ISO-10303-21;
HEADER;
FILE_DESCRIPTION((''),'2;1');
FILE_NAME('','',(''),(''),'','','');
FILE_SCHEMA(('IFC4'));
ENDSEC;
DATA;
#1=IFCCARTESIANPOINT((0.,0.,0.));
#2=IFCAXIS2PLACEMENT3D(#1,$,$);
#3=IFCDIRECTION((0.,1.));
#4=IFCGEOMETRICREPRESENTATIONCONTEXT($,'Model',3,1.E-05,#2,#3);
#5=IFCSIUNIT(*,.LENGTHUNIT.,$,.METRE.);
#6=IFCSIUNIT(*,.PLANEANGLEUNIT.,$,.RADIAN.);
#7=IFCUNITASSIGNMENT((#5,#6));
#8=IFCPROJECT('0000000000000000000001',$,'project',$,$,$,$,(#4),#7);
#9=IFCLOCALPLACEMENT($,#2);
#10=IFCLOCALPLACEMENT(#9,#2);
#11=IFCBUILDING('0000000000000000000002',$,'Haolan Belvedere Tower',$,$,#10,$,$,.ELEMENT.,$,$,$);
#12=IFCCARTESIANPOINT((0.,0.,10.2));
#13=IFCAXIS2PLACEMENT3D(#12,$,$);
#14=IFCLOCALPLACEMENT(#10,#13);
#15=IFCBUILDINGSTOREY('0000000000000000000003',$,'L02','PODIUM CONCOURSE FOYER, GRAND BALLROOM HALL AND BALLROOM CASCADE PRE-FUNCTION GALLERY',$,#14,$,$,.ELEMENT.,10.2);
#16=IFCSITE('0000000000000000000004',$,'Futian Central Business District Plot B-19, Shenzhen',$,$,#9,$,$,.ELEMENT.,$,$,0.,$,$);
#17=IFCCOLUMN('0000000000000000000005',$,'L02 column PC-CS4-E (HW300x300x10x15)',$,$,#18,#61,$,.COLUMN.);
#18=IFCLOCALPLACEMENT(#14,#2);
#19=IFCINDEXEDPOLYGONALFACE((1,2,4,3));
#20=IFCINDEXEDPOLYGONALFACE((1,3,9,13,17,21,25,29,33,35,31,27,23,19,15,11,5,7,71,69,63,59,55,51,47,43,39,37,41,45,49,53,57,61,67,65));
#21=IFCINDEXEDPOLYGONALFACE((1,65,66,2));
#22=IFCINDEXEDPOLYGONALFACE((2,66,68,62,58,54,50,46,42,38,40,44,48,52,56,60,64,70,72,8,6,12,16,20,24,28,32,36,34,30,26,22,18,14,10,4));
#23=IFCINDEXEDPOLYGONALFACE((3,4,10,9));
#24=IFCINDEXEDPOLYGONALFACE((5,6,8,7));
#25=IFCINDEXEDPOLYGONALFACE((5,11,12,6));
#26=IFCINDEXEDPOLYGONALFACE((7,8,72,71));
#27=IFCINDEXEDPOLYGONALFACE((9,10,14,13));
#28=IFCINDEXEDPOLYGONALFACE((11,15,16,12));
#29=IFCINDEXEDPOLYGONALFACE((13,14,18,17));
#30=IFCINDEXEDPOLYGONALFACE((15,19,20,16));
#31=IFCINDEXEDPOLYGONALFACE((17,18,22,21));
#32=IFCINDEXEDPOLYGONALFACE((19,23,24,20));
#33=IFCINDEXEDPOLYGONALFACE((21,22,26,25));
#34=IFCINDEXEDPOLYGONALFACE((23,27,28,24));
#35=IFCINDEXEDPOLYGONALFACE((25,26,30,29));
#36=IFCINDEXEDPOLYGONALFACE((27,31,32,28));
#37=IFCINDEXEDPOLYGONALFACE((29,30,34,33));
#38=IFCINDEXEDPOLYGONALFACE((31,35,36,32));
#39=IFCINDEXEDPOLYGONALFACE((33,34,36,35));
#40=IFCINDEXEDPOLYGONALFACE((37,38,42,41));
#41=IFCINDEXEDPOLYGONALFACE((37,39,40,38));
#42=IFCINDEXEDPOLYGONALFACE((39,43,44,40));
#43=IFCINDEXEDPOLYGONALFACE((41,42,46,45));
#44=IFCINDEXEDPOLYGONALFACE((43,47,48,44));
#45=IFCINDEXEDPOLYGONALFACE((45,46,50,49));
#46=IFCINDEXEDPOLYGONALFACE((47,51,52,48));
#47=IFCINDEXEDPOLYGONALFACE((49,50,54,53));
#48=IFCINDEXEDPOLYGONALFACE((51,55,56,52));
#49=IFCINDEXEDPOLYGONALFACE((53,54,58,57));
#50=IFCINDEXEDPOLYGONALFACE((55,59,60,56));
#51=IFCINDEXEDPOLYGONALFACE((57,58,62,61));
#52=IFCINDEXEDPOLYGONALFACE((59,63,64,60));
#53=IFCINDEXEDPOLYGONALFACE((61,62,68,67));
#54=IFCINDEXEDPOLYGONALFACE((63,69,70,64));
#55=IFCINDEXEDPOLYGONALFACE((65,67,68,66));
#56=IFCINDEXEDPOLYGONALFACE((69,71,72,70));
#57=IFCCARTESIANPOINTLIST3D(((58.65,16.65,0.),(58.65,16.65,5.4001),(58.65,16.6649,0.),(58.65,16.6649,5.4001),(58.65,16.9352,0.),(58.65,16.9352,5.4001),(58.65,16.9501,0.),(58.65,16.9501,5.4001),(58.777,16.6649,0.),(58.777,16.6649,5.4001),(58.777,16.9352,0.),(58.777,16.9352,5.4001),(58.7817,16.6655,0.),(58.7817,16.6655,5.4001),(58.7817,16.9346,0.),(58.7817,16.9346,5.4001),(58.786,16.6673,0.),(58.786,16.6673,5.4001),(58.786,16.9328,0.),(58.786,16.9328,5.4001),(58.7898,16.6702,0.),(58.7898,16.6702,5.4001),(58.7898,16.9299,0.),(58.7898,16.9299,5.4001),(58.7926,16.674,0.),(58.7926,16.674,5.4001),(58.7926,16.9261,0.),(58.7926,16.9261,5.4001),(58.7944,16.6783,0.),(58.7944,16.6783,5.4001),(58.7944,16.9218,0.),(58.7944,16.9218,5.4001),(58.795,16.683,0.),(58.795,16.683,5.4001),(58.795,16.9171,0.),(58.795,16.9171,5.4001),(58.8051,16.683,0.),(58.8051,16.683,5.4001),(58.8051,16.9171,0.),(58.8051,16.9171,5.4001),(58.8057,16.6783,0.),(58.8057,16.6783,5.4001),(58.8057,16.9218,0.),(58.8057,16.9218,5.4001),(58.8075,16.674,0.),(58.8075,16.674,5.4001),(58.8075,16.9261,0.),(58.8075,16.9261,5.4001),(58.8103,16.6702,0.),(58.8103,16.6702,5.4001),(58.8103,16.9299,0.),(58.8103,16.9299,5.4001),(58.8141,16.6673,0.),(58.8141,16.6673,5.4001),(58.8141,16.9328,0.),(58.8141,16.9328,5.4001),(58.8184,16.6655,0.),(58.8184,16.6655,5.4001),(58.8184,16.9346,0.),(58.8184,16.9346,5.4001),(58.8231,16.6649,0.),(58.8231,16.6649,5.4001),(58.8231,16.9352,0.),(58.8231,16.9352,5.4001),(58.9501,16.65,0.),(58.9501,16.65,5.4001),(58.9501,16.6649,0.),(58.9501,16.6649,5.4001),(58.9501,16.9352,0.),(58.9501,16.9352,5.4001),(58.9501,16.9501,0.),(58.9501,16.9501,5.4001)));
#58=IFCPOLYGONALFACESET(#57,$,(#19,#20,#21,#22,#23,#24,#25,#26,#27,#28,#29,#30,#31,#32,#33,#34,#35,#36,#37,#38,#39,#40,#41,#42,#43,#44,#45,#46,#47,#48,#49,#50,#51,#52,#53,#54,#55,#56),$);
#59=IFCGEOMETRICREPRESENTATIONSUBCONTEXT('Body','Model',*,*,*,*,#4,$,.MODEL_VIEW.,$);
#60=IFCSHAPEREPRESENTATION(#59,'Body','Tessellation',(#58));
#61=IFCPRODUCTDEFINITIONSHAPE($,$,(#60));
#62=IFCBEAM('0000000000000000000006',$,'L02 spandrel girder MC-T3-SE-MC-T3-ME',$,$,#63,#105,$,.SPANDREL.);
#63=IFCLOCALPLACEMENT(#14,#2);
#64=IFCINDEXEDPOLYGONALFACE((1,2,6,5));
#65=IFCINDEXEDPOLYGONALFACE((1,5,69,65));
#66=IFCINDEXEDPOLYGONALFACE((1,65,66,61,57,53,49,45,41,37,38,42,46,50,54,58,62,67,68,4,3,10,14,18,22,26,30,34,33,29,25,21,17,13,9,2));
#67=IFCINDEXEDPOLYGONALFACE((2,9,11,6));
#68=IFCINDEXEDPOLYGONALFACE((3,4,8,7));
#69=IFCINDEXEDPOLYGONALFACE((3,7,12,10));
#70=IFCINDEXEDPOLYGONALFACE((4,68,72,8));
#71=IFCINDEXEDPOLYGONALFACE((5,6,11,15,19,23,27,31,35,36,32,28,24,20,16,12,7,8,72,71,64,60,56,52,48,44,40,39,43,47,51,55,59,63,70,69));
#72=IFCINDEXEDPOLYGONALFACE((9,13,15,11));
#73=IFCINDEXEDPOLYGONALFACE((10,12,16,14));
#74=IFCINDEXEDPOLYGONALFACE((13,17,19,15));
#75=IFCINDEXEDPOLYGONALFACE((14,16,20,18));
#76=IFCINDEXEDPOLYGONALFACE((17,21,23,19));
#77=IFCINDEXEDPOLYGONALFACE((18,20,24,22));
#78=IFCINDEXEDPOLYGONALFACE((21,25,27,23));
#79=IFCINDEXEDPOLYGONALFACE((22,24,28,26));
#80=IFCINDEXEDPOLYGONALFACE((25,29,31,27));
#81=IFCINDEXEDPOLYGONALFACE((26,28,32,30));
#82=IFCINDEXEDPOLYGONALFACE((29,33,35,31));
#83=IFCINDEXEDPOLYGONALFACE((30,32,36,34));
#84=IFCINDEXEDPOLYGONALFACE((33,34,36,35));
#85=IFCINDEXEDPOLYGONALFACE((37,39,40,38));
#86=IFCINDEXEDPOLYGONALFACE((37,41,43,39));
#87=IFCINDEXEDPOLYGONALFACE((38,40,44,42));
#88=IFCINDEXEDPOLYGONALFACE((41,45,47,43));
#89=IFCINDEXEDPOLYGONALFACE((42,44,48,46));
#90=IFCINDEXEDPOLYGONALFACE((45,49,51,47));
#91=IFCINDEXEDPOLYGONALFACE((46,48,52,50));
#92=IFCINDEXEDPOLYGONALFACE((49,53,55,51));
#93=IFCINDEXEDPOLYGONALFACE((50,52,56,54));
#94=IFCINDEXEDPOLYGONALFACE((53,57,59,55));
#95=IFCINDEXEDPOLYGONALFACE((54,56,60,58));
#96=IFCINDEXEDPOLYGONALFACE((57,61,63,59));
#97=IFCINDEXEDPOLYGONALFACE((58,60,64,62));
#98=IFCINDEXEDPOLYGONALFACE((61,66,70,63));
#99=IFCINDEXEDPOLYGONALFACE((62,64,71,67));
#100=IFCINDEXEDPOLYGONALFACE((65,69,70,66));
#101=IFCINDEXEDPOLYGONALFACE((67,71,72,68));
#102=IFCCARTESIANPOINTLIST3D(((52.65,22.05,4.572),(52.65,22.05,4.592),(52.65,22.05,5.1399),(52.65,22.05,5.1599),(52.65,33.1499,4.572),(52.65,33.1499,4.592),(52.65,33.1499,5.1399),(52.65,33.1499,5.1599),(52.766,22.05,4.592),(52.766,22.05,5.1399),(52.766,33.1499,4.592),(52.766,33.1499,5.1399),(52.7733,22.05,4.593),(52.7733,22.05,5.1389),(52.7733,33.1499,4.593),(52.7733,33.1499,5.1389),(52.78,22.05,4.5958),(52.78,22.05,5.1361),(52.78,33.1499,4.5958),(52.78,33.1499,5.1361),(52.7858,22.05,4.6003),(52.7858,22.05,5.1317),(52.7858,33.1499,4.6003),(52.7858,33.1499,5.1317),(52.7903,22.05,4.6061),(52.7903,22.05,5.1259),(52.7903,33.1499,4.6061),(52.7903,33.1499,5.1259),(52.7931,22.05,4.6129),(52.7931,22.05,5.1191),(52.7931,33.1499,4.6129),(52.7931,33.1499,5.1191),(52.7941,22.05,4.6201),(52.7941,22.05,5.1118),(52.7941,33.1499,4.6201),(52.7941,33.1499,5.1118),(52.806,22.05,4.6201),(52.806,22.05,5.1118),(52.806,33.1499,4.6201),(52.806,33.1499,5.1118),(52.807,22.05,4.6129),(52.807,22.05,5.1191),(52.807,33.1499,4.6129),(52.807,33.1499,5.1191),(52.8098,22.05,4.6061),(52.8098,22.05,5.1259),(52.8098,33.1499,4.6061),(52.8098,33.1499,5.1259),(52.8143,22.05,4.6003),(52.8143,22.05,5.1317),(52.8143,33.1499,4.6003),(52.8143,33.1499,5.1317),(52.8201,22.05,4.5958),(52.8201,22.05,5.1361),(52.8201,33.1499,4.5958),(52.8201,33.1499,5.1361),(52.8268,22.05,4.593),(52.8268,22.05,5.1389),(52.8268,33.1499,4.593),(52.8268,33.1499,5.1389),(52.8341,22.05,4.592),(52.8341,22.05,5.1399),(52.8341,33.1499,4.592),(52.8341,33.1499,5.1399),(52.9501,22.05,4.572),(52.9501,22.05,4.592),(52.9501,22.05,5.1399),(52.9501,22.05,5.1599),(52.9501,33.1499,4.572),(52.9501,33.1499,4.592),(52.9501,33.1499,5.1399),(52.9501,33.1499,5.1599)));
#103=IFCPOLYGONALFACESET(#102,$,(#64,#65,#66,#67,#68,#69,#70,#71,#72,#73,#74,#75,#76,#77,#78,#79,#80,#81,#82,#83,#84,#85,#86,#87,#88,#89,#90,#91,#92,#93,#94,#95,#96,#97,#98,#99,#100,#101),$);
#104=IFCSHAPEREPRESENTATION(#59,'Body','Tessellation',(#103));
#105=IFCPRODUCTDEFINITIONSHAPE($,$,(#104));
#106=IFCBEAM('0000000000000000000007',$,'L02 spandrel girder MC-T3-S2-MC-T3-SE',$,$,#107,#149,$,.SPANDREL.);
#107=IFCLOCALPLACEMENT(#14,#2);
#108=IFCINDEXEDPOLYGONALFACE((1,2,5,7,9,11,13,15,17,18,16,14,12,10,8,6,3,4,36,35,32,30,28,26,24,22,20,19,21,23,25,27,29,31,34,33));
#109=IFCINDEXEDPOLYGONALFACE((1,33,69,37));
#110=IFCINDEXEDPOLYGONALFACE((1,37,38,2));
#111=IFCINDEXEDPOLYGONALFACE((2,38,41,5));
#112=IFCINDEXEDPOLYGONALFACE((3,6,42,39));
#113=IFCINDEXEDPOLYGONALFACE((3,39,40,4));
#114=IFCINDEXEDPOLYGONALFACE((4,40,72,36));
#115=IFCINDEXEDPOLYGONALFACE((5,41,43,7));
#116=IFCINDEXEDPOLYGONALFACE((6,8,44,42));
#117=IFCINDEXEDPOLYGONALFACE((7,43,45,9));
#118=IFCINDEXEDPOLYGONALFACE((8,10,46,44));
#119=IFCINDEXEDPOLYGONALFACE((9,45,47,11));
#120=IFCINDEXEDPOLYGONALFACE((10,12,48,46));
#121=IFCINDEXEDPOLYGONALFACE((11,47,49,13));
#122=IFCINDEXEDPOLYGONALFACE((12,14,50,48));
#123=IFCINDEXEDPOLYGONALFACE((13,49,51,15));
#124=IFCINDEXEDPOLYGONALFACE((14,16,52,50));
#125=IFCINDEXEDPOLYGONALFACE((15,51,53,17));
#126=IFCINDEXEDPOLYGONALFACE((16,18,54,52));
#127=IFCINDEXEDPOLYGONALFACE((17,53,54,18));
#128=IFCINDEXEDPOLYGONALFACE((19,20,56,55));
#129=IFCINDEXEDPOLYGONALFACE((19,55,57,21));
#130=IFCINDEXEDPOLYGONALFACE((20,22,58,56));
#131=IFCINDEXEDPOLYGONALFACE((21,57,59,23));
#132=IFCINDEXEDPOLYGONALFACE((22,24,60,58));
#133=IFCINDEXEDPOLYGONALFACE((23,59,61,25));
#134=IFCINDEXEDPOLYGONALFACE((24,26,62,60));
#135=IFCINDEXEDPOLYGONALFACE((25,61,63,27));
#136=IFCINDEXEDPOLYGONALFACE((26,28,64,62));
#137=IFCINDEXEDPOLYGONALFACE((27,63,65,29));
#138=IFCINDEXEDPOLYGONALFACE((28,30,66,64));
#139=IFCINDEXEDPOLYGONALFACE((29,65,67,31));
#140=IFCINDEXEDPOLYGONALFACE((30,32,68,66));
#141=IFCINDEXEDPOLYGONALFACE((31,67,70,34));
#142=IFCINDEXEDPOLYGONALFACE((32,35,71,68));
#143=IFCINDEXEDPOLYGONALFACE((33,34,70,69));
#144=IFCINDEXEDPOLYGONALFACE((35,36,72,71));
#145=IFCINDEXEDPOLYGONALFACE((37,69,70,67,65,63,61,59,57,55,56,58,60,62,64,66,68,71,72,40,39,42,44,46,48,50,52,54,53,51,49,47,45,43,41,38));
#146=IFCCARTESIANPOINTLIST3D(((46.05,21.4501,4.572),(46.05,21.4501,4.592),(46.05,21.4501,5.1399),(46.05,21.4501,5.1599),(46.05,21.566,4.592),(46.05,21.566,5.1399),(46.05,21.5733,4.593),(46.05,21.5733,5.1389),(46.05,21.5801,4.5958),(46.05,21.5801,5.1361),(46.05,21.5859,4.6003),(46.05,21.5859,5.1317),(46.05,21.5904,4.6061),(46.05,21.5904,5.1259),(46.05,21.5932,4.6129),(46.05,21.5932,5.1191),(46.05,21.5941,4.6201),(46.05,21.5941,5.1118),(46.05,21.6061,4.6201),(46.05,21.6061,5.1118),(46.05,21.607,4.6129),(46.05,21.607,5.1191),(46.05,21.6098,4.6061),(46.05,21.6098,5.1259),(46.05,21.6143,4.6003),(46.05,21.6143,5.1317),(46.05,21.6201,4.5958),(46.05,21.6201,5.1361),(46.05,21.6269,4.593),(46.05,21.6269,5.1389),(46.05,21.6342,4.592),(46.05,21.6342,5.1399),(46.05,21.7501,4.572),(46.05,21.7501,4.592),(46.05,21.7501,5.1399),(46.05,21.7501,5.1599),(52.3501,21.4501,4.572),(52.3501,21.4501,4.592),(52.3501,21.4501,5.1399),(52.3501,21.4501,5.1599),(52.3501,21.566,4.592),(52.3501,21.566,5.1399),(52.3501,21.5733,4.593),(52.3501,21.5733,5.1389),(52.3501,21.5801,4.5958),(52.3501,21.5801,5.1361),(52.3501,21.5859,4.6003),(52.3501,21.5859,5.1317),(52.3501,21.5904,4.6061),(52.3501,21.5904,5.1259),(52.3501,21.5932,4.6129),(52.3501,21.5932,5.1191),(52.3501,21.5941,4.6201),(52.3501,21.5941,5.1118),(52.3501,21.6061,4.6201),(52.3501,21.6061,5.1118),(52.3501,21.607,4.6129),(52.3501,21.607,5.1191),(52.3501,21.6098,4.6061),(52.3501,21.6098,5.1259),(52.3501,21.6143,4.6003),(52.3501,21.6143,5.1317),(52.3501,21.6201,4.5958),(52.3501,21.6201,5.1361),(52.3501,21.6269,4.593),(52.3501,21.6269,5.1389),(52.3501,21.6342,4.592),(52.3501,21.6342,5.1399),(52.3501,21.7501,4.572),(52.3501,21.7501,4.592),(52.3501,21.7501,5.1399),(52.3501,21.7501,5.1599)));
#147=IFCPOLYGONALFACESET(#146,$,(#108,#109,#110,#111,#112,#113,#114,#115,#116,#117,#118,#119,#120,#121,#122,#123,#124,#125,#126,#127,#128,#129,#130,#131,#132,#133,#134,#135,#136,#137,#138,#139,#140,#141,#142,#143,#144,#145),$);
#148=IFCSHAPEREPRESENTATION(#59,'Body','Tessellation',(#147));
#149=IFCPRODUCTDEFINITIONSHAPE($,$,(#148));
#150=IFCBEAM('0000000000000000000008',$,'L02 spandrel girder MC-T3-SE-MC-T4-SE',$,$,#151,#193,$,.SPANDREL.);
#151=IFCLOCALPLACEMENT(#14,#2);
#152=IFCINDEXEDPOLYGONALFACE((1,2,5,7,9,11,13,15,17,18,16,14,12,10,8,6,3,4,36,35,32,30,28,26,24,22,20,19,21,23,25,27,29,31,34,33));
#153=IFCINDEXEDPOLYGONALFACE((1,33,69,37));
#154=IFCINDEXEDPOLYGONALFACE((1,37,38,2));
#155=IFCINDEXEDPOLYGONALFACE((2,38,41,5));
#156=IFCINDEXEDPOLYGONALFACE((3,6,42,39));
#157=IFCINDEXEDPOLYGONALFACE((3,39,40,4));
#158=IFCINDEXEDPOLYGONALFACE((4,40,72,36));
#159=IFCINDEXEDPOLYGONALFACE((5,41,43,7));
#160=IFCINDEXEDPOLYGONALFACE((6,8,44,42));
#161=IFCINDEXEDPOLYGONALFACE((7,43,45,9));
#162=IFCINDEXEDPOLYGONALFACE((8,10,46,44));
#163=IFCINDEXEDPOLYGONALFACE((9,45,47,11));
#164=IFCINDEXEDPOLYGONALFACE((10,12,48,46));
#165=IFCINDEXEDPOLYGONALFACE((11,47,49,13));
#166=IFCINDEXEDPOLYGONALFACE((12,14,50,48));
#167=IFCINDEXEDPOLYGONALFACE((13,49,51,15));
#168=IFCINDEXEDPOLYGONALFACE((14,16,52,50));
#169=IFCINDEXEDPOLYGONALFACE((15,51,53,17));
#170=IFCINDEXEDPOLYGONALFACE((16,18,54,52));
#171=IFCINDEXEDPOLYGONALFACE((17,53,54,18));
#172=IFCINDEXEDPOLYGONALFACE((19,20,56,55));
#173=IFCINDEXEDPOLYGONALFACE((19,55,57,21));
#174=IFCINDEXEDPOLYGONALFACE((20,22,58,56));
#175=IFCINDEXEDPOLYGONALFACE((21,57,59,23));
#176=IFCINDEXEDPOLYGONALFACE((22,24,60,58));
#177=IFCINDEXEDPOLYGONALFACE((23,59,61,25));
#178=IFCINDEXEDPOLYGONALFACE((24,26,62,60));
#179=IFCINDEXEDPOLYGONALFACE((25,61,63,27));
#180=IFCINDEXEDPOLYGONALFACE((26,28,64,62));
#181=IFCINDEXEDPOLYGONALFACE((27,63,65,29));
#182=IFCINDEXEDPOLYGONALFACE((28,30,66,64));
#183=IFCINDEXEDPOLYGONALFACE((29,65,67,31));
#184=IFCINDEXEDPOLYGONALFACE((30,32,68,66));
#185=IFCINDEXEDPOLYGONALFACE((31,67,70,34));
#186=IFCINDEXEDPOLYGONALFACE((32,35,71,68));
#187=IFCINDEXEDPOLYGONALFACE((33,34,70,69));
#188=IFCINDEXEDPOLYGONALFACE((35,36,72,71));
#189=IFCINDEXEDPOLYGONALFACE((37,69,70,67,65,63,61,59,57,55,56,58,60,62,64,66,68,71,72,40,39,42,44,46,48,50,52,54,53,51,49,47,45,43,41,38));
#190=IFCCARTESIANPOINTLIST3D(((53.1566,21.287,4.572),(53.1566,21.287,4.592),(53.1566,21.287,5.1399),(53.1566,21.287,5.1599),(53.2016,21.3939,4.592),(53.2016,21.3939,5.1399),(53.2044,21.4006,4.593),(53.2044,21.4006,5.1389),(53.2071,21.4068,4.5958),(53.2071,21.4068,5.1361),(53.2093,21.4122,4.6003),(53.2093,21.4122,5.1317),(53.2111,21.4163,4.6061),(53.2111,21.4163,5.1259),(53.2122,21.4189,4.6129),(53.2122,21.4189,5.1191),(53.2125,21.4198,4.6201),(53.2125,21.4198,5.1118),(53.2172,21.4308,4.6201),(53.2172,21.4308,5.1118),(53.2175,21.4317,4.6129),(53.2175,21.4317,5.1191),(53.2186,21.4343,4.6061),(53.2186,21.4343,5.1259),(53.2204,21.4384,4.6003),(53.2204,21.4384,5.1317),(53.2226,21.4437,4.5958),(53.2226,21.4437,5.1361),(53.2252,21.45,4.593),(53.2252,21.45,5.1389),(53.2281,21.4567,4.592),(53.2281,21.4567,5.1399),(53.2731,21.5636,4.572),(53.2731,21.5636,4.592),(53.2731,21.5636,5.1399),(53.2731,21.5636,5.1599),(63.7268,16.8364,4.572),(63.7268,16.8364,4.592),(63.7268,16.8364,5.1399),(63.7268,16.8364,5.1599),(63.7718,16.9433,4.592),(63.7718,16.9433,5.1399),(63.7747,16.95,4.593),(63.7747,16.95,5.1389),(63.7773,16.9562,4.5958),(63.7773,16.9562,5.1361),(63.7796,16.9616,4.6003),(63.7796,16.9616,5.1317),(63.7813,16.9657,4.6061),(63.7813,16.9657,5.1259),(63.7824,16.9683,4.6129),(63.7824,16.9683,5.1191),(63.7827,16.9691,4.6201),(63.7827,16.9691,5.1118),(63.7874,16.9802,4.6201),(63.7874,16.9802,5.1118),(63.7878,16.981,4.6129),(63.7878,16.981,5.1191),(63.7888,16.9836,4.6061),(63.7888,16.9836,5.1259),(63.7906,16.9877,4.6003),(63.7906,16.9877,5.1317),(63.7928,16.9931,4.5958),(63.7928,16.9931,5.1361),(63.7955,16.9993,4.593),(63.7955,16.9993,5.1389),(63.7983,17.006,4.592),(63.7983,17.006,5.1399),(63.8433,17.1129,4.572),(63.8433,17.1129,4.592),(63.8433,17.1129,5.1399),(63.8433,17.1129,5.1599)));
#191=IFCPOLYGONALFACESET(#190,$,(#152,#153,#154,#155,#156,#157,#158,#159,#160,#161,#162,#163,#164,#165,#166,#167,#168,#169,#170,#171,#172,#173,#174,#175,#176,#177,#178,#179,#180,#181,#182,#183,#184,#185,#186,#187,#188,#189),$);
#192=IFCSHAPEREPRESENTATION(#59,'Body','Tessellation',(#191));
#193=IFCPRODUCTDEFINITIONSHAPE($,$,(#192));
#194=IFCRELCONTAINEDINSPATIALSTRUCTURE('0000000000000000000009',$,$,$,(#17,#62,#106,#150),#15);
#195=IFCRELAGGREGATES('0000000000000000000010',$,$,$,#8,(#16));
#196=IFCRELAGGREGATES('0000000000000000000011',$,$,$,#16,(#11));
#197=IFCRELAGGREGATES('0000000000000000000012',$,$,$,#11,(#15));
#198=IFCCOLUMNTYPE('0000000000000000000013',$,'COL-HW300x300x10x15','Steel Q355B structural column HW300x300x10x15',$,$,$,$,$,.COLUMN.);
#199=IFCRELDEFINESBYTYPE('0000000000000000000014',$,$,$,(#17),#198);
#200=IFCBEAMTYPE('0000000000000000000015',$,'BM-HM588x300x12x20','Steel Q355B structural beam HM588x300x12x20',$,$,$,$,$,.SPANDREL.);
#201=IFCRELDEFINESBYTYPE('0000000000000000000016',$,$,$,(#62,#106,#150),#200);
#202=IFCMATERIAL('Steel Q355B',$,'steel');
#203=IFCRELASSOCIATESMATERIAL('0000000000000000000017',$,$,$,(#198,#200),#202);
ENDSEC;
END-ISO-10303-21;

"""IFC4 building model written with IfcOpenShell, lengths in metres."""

from ifc_helpers import new_model, si_unit, direction, frame, origin, origin_2d, place, context, subcontext, project, spatial, i_section, extrude, material, material_profile, profile_set, type_object, element, save


model = new_model("IFC4")

# Units and contexts
model_context = context("Model", 3, precision=1e-05, world=origin(), true_north=direction((0.0, 1.0)))
body_context = subcontext(model_context, "Body", "Model", "MODEL_VIEW")
ifc_project = project(units=[si_unit("LENGTHUNIT", "METRE"), si_unit("PLANEANGLEUNIT", "RADIAN")], contexts=[model_context])

# Site, building, storey
site_placement = place(None, origin())
site = spatial("IfcSite", under=ifc_project, at=site_placement, Name="Futian Central Business District Plot B-19, Shenzhen", CompositionType="ELEMENT", RefElevation=0.0)
building_placement = place(site_placement, origin())
building = spatial("IfcBuilding", under=site, at=building_placement, Name="Haolan Belvedere Tower", CompositionType="ELEMENT")
storey_placement = place(building_placement, frame((0.0, 0.0, 10.2)))
storey = spatial("IfcBuildingStorey", under=building, at=storey_placement, Name="L02", Description="PODIUM CONCOURSE FOYER, GRAND BALLROOM HALL AND BALLROOM CASCADE PRE-FUNCTION GALLERY", CompositionType="ELEMENT", Elevation=10.2)

# Column
ifc_material_1 = material(Name="Steel Q355B", Category="steel")
ifc_material_profile_1 = material_profile(ifc_material_1, i_section(OverallWidth=0.3, OverallDepth=0.3, WebThickness=0.01, FlangeThickness=0.0149, FilletRadius=0.0181, at=origin_2d()), Name="Steel Q355B")
ifc_profile_set_1 = profile_set([ifc_material_profile_1], Name="Steel Q355B")
column_type_1 = type_object("IfcColumnType", Name="COL-HW300x300x10x15", Description="Steel Q355B structural column HW300x300x10x15", PredefinedType="COLUMN", material=ifc_profile_set_1)
for number, where, z_axis, x_axis, name in (
    (1, (58.8, 16.8, 0.0), (0.0, 0.0, 1.0), (1.0, 0.0, 0.0), "L02 column PC-CS4-E (HW300x300x10x15)"),
):
    element("IfcColumn", number, at=place(storey_placement, frame(where, z_axis=z_axis, x_axis=x_axis)), inside=storey, type_object=column_type_1, Name=name, PredefinedType="COLUMN", context=body_context, shape_type="SweptSolid", body=[
        extrude(i_section(OverallWidth=0.3, OverallDepth=0.3, WebThickness=0.01, FlangeThickness=0.0149, FilletRadius=0.0181, at=origin_2d()), origin(), (0.0, 0.0, 1.0), 5.4001),
    ])

# Beams
ifc_material_profile_2 = material_profile(ifc_material_1, i_section(OverallWidth=0.3, OverallDepth=0.5879, WebThickness=0.012, FlangeThickness=0.02, FilletRadius=0.0281, at=origin_2d()), Name="Steel Q355B")
ifc_profile_set_2 = profile_set([ifc_material_profile_2], Name="Steel Q355B")
beam_type_1 = type_object("IfcBeamType", Name="BM-HM588x300x12x20", Description="Steel Q355B structural beam HM588x300x12x20", PredefinedType="SPANDREL", material=ifc_profile_set_2)
beam_1_placement = place(storey_placement, frame((52.8, 22.05, 4.866), z_axis=(0.0, 1.0, 0.0), x_axis=(-1.0, 0.0, 0.0)))
element("IfcBeam", 2, at=beam_1_placement, inside=storey, type_object=beam_type_1, Name="L02 spandrel girder MC-T3-SE-MC-T3-ME", PredefinedType="SPANDREL", context=body_context, shape_type="SweptSolid", body=[
    extrude(i_section(OverallWidth=0.3, OverallDepth=0.5879, WebThickness=0.012, FlangeThickness=0.02, FilletRadius=0.0281, at=origin_2d()), origin(), (0.0, 0.0, 1.0), 11.0999),
])
beam_2_placement = place(storey_placement, frame((46.05, 21.6001, 4.866), z_axis=(1.0, 0.0, 0.0), x_axis=(0.0, 1.0, 0.0)))
element("IfcBeam", 3, at=beam_2_placement, inside=storey, type_object=beam_type_1, Name="L02 spandrel girder MC-T3-S2-MC-T3-SE", PredefinedType="SPANDREL", context=body_context, shape_type="SweptSolid", body=[
    extrude(i_section(OverallWidth=0.3, OverallDepth=0.5879, WebThickness=0.012, FlangeThickness=0.02, FilletRadius=0.0281, at=origin_2d()), origin(), (0.0, 0.0, 1.0), 6.3),
])
beam_3_placement = place(storey_placement, frame((53.2148, 21.4253, 4.866), z_axis=(0.921635, -0.388059, 0.0), x_axis=(0.388059, 0.921635, 0.0)))
element("IfcBeam", 4, at=beam_3_placement, inside=storey, type_object=beam_type_1, Name="L02 spandrel girder MC-T3-SE-MC-T4-SE", PredefinedType="SPANDREL", context=body_context, shape_type="SweptSolid", body=[
    extrude(i_section(OverallWidth=0.3, OverallDepth=0.5879, WebThickness=0.012, FlangeThickness=0.02, FilletRadius=0.0281, at=origin_2d()), origin(), (0.0, 0.0, 1.0), 11.469),
])

save(model, "model.ifc")
